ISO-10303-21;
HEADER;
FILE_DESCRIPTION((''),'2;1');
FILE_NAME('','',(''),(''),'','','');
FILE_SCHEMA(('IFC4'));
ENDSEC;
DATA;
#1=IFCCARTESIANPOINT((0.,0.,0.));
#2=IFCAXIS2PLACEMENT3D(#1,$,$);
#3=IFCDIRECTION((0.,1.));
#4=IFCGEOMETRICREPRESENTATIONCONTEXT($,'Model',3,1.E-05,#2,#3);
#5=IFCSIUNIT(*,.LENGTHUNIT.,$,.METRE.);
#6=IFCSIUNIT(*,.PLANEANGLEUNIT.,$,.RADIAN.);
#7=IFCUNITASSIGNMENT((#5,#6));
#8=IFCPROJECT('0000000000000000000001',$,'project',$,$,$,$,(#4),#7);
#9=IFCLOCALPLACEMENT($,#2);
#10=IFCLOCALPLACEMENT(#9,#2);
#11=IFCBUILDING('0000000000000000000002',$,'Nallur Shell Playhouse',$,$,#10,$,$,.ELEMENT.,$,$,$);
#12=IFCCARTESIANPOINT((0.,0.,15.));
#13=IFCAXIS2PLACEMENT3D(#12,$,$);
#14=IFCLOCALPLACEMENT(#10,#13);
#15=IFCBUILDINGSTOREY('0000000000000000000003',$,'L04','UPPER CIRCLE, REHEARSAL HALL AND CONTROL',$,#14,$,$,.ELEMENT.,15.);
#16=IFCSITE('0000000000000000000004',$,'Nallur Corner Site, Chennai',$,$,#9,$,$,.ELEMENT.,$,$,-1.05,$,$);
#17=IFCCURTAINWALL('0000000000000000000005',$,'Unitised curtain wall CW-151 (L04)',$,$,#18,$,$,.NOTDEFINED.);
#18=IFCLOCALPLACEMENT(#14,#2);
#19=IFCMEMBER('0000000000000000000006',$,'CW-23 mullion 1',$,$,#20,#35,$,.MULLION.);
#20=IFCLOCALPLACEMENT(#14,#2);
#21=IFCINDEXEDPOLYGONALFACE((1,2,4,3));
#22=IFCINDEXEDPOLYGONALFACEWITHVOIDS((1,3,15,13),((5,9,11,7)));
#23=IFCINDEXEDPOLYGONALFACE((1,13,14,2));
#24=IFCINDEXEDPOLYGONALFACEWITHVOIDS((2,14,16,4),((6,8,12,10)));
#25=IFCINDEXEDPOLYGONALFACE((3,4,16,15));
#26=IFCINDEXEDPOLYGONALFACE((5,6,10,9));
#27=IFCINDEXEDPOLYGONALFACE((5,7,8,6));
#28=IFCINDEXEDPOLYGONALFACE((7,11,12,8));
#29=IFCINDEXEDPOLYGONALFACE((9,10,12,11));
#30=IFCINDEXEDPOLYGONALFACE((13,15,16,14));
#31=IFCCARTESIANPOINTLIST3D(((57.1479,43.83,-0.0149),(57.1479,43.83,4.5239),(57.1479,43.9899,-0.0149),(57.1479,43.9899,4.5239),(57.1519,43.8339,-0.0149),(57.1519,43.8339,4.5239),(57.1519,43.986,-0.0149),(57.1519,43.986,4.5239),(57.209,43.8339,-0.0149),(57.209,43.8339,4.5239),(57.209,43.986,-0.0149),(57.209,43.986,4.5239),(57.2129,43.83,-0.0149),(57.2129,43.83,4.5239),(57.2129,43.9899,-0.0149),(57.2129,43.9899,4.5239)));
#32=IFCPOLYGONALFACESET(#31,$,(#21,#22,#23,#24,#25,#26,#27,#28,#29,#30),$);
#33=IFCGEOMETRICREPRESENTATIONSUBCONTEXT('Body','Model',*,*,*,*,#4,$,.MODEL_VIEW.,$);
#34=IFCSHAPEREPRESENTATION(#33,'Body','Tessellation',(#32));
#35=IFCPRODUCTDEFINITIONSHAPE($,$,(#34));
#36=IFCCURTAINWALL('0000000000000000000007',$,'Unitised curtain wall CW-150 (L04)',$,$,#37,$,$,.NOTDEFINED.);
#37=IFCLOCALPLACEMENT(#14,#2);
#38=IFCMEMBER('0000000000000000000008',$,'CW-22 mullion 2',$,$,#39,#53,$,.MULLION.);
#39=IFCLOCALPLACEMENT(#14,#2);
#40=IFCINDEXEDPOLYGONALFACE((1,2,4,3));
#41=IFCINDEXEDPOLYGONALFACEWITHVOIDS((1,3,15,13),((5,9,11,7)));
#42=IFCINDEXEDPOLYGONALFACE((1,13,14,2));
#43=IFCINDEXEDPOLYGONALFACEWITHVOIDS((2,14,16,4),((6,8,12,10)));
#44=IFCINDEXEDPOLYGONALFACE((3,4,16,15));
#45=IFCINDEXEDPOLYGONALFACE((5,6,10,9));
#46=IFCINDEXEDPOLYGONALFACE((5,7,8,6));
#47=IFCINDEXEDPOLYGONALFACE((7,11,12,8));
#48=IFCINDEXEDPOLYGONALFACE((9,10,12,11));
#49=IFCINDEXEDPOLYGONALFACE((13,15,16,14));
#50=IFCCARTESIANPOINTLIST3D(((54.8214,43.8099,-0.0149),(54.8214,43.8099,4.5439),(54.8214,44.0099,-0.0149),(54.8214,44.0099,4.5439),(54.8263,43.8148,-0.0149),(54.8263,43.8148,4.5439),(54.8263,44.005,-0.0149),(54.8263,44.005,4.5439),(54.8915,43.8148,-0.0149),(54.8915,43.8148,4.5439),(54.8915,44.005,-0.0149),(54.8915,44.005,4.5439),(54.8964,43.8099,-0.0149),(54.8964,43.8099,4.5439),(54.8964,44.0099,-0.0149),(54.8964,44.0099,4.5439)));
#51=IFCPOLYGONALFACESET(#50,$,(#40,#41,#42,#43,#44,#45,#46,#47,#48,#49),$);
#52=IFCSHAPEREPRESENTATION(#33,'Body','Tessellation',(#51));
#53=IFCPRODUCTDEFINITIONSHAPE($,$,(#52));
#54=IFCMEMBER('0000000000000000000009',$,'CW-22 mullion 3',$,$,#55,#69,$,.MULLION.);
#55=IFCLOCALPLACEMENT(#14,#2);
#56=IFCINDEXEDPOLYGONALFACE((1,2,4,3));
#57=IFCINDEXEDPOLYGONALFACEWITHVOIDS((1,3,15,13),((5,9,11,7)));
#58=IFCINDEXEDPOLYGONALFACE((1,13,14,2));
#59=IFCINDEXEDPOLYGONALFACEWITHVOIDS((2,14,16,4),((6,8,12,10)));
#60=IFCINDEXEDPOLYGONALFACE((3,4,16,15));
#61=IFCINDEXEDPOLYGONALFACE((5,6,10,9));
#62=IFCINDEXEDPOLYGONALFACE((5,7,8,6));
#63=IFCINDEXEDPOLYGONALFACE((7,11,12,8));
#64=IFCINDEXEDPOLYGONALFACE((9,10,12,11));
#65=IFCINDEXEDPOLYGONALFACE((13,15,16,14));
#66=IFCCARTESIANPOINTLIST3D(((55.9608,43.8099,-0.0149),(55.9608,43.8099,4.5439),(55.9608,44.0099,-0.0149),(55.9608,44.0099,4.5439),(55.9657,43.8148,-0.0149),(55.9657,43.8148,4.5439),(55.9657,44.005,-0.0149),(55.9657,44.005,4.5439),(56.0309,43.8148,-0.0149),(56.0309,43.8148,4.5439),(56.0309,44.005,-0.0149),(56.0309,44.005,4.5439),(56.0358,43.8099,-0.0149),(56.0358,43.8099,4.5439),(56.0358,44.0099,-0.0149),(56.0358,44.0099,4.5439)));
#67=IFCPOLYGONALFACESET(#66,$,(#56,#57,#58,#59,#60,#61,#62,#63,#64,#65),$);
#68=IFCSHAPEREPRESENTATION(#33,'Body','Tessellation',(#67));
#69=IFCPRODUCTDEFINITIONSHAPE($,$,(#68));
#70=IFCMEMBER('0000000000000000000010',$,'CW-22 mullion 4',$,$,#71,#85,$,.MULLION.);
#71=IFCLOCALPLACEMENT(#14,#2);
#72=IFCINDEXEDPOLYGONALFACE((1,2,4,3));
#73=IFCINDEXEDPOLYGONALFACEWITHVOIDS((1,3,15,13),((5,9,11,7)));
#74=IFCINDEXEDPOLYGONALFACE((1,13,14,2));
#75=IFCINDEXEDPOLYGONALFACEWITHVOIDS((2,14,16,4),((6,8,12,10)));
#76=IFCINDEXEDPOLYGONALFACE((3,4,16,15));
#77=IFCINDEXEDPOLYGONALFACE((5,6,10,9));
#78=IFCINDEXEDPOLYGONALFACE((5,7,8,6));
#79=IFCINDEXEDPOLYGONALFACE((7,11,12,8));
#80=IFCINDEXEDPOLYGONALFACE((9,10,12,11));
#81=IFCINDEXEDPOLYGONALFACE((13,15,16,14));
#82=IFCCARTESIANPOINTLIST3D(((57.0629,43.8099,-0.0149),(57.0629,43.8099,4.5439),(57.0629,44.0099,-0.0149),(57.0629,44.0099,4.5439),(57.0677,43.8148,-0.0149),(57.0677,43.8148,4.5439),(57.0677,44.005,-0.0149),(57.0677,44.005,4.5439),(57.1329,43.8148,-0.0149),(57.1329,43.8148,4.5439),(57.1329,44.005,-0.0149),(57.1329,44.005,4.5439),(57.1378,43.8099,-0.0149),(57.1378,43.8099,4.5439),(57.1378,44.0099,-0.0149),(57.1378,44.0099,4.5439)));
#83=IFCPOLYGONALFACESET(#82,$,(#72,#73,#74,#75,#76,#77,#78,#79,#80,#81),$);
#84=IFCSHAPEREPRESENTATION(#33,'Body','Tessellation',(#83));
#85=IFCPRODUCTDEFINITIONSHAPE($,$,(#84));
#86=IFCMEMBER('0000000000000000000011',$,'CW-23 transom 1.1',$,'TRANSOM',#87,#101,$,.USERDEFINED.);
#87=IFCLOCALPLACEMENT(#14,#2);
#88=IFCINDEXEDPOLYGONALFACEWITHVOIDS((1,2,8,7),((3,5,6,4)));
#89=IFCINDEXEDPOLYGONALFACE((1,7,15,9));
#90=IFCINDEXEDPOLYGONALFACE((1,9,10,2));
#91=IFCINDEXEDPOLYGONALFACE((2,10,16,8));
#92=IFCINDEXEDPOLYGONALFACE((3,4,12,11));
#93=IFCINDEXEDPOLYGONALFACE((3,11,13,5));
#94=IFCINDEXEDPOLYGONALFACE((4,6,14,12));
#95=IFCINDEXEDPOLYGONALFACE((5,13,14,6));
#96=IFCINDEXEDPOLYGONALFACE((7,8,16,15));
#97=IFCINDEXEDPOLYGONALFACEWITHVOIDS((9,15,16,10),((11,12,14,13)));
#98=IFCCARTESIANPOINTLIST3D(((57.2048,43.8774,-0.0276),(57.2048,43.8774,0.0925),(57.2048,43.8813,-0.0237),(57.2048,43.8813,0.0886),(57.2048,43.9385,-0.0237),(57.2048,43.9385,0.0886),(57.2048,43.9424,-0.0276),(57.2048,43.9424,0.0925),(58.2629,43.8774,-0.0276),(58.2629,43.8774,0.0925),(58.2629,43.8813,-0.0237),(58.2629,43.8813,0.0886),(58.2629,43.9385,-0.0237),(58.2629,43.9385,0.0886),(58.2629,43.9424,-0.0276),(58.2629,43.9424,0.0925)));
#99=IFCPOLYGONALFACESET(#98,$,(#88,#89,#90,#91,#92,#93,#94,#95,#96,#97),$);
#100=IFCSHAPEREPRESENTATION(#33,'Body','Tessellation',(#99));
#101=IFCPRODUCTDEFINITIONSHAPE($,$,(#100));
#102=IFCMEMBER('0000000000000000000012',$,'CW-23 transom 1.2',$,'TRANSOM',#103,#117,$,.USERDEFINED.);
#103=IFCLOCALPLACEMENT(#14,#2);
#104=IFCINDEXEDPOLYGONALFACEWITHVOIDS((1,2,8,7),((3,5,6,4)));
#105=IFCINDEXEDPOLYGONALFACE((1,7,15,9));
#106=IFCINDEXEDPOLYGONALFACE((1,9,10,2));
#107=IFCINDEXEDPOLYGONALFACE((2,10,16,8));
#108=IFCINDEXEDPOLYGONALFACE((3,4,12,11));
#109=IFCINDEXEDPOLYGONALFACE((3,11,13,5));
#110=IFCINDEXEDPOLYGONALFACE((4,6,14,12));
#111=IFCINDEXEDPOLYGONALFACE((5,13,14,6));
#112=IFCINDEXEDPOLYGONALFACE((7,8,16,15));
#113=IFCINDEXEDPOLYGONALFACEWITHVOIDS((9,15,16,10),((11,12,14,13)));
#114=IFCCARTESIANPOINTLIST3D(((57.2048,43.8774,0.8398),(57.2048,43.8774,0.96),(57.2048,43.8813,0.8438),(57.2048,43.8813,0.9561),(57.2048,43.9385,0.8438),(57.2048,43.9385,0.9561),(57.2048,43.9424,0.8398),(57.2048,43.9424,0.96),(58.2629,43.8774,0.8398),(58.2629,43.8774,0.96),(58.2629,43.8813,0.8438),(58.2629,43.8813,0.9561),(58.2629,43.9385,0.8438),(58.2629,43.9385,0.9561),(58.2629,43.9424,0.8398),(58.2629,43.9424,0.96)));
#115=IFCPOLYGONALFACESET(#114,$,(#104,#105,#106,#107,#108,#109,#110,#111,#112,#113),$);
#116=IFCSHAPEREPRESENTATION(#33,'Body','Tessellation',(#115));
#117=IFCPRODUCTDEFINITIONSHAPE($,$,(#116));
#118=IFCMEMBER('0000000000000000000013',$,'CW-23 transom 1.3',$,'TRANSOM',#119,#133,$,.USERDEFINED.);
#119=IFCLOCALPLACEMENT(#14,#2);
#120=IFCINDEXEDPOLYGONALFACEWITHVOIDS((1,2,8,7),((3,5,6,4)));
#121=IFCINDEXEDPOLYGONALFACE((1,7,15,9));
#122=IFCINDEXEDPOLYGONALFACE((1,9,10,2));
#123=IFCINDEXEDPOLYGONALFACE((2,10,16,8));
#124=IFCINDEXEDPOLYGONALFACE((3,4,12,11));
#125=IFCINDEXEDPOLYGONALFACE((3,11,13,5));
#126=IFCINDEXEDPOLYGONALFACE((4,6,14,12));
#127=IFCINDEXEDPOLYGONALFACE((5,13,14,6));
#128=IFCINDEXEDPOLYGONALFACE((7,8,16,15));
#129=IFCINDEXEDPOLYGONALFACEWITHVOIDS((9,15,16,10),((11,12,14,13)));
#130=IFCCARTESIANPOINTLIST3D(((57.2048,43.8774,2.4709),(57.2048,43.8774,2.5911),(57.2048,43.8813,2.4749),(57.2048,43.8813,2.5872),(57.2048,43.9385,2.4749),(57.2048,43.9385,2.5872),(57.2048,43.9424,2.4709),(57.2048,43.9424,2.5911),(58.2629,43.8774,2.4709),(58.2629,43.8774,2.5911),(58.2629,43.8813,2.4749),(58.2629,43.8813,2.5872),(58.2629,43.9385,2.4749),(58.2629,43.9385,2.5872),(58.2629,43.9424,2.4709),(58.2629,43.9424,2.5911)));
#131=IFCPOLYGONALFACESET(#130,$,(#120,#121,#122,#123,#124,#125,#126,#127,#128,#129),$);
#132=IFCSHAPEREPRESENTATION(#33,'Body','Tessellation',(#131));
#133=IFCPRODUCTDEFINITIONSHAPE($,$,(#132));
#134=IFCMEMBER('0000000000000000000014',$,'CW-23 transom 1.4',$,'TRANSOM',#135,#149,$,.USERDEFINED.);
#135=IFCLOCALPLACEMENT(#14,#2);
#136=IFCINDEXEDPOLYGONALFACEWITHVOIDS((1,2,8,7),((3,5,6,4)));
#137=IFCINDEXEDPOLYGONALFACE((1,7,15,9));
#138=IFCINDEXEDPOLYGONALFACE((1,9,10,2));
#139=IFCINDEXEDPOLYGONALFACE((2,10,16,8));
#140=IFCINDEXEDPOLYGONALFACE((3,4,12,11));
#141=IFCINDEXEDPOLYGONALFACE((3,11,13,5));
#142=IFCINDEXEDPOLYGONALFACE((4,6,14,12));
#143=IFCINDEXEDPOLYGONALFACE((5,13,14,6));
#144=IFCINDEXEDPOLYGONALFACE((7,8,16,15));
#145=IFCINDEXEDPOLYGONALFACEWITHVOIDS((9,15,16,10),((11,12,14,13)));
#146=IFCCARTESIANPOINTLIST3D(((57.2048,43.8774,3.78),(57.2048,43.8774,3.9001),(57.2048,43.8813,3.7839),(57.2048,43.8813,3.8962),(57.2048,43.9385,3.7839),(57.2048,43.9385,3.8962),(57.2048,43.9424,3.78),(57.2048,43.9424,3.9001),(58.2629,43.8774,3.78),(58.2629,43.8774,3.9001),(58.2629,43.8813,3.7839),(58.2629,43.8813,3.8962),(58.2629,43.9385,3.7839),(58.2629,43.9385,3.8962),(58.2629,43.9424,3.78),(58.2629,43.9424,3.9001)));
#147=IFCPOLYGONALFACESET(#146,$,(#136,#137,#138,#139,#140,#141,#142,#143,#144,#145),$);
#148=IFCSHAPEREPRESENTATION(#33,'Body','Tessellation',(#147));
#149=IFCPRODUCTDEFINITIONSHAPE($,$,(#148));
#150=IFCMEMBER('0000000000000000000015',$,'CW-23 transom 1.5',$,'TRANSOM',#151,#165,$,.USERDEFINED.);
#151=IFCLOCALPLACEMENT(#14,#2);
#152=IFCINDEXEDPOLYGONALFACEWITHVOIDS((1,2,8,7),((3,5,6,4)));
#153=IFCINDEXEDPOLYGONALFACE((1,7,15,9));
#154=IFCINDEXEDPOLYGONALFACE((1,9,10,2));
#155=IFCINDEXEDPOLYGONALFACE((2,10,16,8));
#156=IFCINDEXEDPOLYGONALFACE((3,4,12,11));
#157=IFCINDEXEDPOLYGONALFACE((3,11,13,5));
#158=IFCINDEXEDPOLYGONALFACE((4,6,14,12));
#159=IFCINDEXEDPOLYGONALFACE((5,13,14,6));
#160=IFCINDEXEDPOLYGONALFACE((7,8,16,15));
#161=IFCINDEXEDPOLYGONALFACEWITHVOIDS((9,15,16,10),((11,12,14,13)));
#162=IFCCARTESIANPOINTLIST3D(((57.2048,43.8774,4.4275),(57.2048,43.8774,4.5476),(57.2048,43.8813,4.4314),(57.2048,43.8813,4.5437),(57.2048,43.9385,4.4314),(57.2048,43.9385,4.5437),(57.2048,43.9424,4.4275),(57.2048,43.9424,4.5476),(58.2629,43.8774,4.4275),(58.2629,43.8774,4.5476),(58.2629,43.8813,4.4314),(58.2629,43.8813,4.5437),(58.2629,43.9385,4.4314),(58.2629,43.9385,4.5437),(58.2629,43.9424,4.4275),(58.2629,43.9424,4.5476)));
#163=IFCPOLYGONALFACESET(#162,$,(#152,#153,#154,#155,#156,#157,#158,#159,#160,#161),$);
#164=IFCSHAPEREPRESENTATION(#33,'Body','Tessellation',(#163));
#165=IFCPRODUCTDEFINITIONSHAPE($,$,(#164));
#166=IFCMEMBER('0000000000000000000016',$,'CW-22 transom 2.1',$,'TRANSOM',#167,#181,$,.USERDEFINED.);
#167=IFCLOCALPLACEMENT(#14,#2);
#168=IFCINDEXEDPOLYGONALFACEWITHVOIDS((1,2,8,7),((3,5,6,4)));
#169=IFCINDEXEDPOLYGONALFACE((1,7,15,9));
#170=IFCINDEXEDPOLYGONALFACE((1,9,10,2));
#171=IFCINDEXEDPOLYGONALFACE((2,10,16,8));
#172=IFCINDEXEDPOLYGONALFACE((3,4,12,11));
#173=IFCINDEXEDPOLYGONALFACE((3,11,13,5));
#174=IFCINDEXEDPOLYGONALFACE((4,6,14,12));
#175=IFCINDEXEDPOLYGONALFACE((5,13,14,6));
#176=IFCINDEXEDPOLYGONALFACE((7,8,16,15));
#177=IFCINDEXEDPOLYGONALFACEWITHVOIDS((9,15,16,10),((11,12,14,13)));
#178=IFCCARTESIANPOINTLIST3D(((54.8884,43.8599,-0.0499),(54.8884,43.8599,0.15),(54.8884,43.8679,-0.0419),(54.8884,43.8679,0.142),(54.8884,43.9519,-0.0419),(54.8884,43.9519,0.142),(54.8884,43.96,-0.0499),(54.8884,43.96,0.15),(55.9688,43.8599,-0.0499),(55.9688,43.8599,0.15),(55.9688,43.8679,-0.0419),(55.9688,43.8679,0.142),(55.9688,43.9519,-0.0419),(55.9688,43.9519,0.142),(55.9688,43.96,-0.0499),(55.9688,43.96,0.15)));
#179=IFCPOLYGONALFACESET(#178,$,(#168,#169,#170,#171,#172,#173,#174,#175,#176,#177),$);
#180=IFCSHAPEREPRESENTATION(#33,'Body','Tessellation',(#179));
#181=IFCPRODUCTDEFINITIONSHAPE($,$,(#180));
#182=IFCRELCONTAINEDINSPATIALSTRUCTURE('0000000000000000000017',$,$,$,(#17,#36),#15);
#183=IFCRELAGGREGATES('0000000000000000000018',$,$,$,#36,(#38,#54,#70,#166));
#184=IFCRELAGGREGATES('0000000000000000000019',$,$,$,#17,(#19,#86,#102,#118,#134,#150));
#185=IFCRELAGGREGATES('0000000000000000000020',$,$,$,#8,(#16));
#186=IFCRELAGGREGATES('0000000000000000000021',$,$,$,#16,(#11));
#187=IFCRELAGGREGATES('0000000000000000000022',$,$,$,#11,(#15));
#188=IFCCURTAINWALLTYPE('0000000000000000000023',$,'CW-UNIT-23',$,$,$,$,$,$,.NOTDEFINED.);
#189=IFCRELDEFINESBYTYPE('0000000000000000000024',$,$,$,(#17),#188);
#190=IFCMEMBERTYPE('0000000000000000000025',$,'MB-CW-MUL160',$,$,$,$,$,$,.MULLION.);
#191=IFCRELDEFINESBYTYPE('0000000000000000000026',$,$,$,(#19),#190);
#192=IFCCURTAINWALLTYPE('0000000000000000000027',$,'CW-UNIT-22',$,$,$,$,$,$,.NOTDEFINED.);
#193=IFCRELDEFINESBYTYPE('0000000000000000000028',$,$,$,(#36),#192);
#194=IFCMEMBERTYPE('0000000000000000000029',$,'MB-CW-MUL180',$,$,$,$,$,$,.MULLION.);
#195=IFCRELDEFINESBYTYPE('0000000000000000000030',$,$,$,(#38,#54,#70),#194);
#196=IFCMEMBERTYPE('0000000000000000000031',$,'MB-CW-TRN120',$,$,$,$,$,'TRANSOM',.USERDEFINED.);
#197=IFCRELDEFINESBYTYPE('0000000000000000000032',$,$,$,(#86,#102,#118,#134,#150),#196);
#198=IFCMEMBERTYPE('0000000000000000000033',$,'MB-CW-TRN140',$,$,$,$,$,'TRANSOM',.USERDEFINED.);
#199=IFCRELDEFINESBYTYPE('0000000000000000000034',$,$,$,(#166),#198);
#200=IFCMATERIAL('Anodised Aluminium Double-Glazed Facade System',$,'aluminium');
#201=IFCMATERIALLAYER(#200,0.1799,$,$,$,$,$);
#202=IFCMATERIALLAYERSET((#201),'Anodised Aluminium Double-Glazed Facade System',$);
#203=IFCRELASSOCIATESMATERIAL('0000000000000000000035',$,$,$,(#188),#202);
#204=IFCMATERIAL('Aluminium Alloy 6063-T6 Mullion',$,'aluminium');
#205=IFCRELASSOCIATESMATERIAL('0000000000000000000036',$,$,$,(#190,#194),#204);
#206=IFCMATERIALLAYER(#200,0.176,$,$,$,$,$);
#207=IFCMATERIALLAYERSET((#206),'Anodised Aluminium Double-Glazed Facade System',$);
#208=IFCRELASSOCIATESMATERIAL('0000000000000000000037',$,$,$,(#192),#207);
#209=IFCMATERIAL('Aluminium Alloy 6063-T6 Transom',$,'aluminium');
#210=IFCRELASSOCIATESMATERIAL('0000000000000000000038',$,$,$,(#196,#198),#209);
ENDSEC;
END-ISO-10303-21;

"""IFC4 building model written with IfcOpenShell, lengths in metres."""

from ifc_helpers import new_model, si_unit, direction, frame, origin, origin_2d, place, context, subcontext, project, spatial, hollow_rectangle, extrude, material, layer, layer_set, material_profile, profile_set, type_object, element, aggregate, save


model = new_model("IFC4")

# Units and contexts
model_context = context("Model", 3, precision=1e-05, world=origin(), true_north=direction((0.0, 1.0)))
body_context = subcontext(model_context, "Body", "Model", "MODEL_VIEW")
ifc_project = project(units=[si_unit("LENGTHUNIT", "METRE"), si_unit("PLANEANGLEUNIT", "RADIAN")], contexts=[model_context])

# Site, building, storey
site_placement = place(None, origin())
site = spatial("IfcSite", under=ifc_project, at=site_placement, Name="Nallur Corner Site, Chennai", CompositionType="ELEMENT", RefElevation=-1.05)
building_placement = place(site_placement, origin())
building = spatial("IfcBuilding", under=site, at=building_placement, Name="Nallur Shell Playhouse", CompositionType="ELEMENT")
storey_placement = place(building_placement, frame((0.0, 0.0, 15.0)))
storey = spatial("IfcBuildingStorey", under=building, at=storey_placement, Name="L04", Description="UPPER CIRCLE, REHEARSAL HALL AND CONTROL", CompositionType="ELEMENT", Elevation=15.0)

# Curtain wall, member
ifc_material_1 = material(Name="Anodised Aluminium Double-Glazed Facade System", Category="aluminium")
ifc_layer_1 = layer(ifc_material_1, 0.1799)
ifc_layer_set_1 = layer_set([ifc_layer_1], Name="Anodised Aluminium Double-Glazed Facade System")
curtain_wall_type_1 = type_object("IfcCurtainWallType", Name="CW-UNIT-23", PredefinedType="NOTDEFINED", material=ifc_layer_set_1)
curtain_wall_1_placement = place(storey_placement, origin())
curtain_wall_1 = element("IfcCurtainWall", 1, at=curtain_wall_1_placement, inside=storey, type_object=curtain_wall_type_1, Name="Unitised curtain wall CW-151 (L04)", PredefinedType="NOTDEFINED")
ifc_material_2 = material(Name="Aluminium Alloy 6063-T6 Mullion", Category="aluminium")
ifc_material_profile_1 = material_profile(ifc_material_2, hollow_rectangle(XDim=0.0649, YDim=0.1599, WallThickness=0.0039, at=origin_2d()), Name="ALU 65x160x4")
ifc_profile_set_1 = profile_set([ifc_material_profile_1], Name="Aluminium Alloy 6063-T6 Mullion")
member_type_1 = type_object("IfcMemberType", Name="MB-CW-MUL160", PredefinedType="MULLION", material=ifc_profile_set_1)
member_1_placement = place(storey_placement, frame((57.1804, 43.9099, -0.0149), z_axis=(0.0, 0.0, 1.0), x_axis=(1.0, 0.0, 0.0)))
member_1 = element("IfcMember", 2, at=member_1_placement, type_object=member_type_1, Name="CW-23 mullion 1", PredefinedType="MULLION", context=body_context, shape_type="SweptSolid", body=[
    extrude(hollow_rectangle(XDim=0.0649, YDim=0.1599, WallThickness=0.0039, at=origin_2d()), origin(), (0.0, 0.0, 1.0), 4.5388),
])

# Curtain wall, members
ifc_layer_2 = layer(ifc_material_1, 0.176)
ifc_layer_set_2 = layer_set([ifc_layer_2], Name="Anodised Aluminium Double-Glazed Facade System")
curtain_wall_type_2 = type_object("IfcCurtainWallType", Name="CW-UNIT-22", PredefinedType="NOTDEFINED", material=ifc_layer_set_2)
curtain_wall_2_placement = place(storey_placement, origin())
curtain_wall_2 = element("IfcCurtainWall", 3, at=curtain_wall_2_placement, inside=storey, type_object=curtain_wall_type_2, Name="Unitised curtain wall CW-150 (L04)", PredefinedType="NOTDEFINED")
ifc_material_profile_2 = material_profile(ifc_material_2, hollow_rectangle(XDim=0.075, YDim=0.2, WallThickness=0.0049, at=origin_2d()), Name="ALU 75x200x5")
ifc_profile_set_2 = profile_set([ifc_material_profile_2], Name="Aluminium Alloy 6063-T6 Mullion")
member_type_2 = type_object("IfcMemberType", Name="MB-CW-MUL180", PredefinedType="MULLION", material=ifc_profile_set_2)
member_2_placement = place(storey_placement, frame((54.8589, 43.9099, -0.0149), z_axis=(0.0, 0.0, 1.0), x_axis=(1.0, 0.0, 0.0)))
member_2 = element("IfcMember", 4, at=member_2_placement, type_object=member_type_2, Name="CW-22 mullion 2", PredefinedType="MULLION", context=body_context, shape_type="SweptSolid", body=[
    extrude(hollow_rectangle(XDim=0.075, YDim=0.2, WallThickness=0.0049, at=origin_2d()), origin(), (0.0, 0.0, 1.0), 4.5588),
])
member_3_placement = place(storey_placement, frame((55.9983, 43.9099, -0.0149), z_axis=(0.0, 0.0, 1.0), x_axis=(1.0, 0.0, 0.0)))
member_3 = element("IfcMember", 5, at=member_3_placement, type_object=member_type_2, Name="CW-22 mullion 3", PredefinedType="MULLION", context=body_context, shape_type="SweptSolid", body=[
    extrude(hollow_rectangle(XDim=0.075, YDim=0.2, WallThickness=0.0049, at=origin_2d()), origin(), (0.0, 0.0, 1.0), 4.5588),
])
member_4_placement = place(storey_placement, frame((57.1003, 43.9099, -0.0149), z_axis=(0.0, 0.0, 1.0), x_axis=(1.0, 0.0, 0.0)))
member_4 = element("IfcMember", 6, at=member_4_placement, type_object=member_type_2, Name="CW-22 mullion 4", PredefinedType="MULLION", context=body_context, shape_type="SweptSolid", body=[
    extrude(hollow_rectangle(XDim=0.075, YDim=0.2, WallThickness=0.0049, at=origin_2d()), origin(), (0.0, 0.0, 1.0), 4.5588),
])

# Members
ifc_material_3 = material(Name="Aluminium Alloy 6063-T6 Transom", Category="aluminium")
ifc_material_profile_3 = material_profile(ifc_material_3, hollow_rectangle(XDim=0.0649, YDim=0.1201, WallThickness=0.0039, at=origin_2d()), Name="ALU 65x120x4")
ifc_profile_set_3 = profile_set([ifc_material_profile_3], Name="Aluminium Alloy 6063-T6 Transom")
member_type_3 = type_object("IfcMemberType", Name="MB-CW-TRN120", ElementType="TRANSOM", PredefinedType="USERDEFINED", material=ifc_profile_set_3)
member_5_placement = place(storey_placement, frame((57.2048, 43.9099, 0.0325), z_axis=(1.0, 0.0, 0.0), x_axis=(0.0, 1.0, 0.0)))
member_5 = element("IfcMember", 7, at=member_5_placement, type_object=member_type_3, Name="CW-23 transom 1.1", ObjectType="TRANSOM", PredefinedType="USERDEFINED", context=body_context, shape_type="SweptSolid", body=[
    extrude(hollow_rectangle(XDim=0.0649, YDim=0.1201, WallThickness=0.0039, at=origin_2d()), origin(), (0.0, 0.0, 1.0), 1.0581),
])
member_6_placement = place(storey_placement, frame((57.2048, 43.9099, 0.8999), z_axis=(1.0, 0.0, 0.0), x_axis=(0.0, 1.0, 0.0)))
member_6 = element("IfcMember", 8, at=member_6_placement, type_object=member_type_3, Name="CW-23 transom 1.2", ObjectType="TRANSOM", PredefinedType="USERDEFINED", context=body_context, shape_type="SweptSolid", body=[
    extrude(hollow_rectangle(XDim=0.0649, YDim=0.1201, WallThickness=0.0039, at=origin_2d()), origin(), (0.0, 0.0, 1.0), 1.0581),
])
member_7_placement = place(storey_placement, frame((57.2048, 43.9099, 2.531), z_axis=(1.0, 0.0, 0.0), x_axis=(0.0, 1.0, 0.0)))
member_7 = element("IfcMember", 9, at=member_7_placement, type_object=member_type_3, Name="CW-23 transom 1.3", ObjectType="TRANSOM", PredefinedType="USERDEFINED", context=body_context, shape_type="SweptSolid", body=[
    extrude(hollow_rectangle(XDim=0.0649, YDim=0.1201, WallThickness=0.0039, at=origin_2d()), origin(), (0.0, 0.0, 1.0), 1.0581),
])
member_8_placement = place(storey_placement, frame((57.2048, 43.9099, 3.8401), z_axis=(1.0, 0.0, 0.0), x_axis=(0.0, 1.0, 0.0)))
member_8 = element("IfcMember", 10, at=member_8_placement, type_object=member_type_3, Name="CW-23 transom 1.4", ObjectType="TRANSOM", PredefinedType="USERDEFINED", context=body_context, shape_type="SweptSolid", body=[
    extrude(hollow_rectangle(XDim=0.0649, YDim=0.1201, WallThickness=0.0039, at=origin_2d()), origin(), (0.0, 0.0, 1.0), 1.0581),
])
member_9_placement = place(storey_placement, frame((57.2048, 43.9099, 4.4875), z_axis=(1.0, 0.0, 0.0), x_axis=(0.0, 1.0, 0.0)))
member_9 = element("IfcMember", 11, at=member_9_placement, type_object=member_type_3, Name="CW-23 transom 1.5", ObjectType="TRANSOM", PredefinedType="USERDEFINED", context=body_context, shape_type="SweptSolid", body=[
    extrude(hollow_rectangle(XDim=0.0649, YDim=0.1201, WallThickness=0.0039, at=origin_2d()), origin(), (0.0, 0.0, 1.0), 1.0581),
])
ifc_material_profile_4 = material_profile(ifc_material_3, hollow_rectangle(XDim=0.1001, YDim=0.2, WallThickness=0.0081, at=origin_2d()), Name="RHS 200x100x8")
ifc_profile_set_4 = profile_set([ifc_material_profile_4], Name="Aluminium Alloy 6063-T6 Transom")
member_type_4 = type_object("IfcMemberType", Name="MB-CW-TRN140", ElementType="TRANSOM", PredefinedType="USERDEFINED", material=ifc_profile_set_4)
member_10_placement = place(storey_placement, frame((54.8884, 43.9099, 0.05), z_axis=(1.0, 0.0, 0.0), x_axis=(0.0, 1.0, 0.0)))
member_10 = element("IfcMember", 12, at=member_10_placement, type_object=member_type_4, Name="CW-22 transom 2.1", ObjectType="TRANSOM", PredefinedType="USERDEFINED", context=body_context, shape_type="SweptSolid", body=[
    extrude(hollow_rectangle(XDim=0.1001, YDim=0.2, WallThickness=0.0081, at=origin_2d()), origin(), (0.0, 0.0, 1.0), 1.0803),
])

aggregate(curtain_wall_2, [member_2, member_3, member_4, member_10])
aggregate(curtain_wall_1, [member_1, member_5, member_6, member_7, member_8, member_9])

save(model, "model.ifc")
